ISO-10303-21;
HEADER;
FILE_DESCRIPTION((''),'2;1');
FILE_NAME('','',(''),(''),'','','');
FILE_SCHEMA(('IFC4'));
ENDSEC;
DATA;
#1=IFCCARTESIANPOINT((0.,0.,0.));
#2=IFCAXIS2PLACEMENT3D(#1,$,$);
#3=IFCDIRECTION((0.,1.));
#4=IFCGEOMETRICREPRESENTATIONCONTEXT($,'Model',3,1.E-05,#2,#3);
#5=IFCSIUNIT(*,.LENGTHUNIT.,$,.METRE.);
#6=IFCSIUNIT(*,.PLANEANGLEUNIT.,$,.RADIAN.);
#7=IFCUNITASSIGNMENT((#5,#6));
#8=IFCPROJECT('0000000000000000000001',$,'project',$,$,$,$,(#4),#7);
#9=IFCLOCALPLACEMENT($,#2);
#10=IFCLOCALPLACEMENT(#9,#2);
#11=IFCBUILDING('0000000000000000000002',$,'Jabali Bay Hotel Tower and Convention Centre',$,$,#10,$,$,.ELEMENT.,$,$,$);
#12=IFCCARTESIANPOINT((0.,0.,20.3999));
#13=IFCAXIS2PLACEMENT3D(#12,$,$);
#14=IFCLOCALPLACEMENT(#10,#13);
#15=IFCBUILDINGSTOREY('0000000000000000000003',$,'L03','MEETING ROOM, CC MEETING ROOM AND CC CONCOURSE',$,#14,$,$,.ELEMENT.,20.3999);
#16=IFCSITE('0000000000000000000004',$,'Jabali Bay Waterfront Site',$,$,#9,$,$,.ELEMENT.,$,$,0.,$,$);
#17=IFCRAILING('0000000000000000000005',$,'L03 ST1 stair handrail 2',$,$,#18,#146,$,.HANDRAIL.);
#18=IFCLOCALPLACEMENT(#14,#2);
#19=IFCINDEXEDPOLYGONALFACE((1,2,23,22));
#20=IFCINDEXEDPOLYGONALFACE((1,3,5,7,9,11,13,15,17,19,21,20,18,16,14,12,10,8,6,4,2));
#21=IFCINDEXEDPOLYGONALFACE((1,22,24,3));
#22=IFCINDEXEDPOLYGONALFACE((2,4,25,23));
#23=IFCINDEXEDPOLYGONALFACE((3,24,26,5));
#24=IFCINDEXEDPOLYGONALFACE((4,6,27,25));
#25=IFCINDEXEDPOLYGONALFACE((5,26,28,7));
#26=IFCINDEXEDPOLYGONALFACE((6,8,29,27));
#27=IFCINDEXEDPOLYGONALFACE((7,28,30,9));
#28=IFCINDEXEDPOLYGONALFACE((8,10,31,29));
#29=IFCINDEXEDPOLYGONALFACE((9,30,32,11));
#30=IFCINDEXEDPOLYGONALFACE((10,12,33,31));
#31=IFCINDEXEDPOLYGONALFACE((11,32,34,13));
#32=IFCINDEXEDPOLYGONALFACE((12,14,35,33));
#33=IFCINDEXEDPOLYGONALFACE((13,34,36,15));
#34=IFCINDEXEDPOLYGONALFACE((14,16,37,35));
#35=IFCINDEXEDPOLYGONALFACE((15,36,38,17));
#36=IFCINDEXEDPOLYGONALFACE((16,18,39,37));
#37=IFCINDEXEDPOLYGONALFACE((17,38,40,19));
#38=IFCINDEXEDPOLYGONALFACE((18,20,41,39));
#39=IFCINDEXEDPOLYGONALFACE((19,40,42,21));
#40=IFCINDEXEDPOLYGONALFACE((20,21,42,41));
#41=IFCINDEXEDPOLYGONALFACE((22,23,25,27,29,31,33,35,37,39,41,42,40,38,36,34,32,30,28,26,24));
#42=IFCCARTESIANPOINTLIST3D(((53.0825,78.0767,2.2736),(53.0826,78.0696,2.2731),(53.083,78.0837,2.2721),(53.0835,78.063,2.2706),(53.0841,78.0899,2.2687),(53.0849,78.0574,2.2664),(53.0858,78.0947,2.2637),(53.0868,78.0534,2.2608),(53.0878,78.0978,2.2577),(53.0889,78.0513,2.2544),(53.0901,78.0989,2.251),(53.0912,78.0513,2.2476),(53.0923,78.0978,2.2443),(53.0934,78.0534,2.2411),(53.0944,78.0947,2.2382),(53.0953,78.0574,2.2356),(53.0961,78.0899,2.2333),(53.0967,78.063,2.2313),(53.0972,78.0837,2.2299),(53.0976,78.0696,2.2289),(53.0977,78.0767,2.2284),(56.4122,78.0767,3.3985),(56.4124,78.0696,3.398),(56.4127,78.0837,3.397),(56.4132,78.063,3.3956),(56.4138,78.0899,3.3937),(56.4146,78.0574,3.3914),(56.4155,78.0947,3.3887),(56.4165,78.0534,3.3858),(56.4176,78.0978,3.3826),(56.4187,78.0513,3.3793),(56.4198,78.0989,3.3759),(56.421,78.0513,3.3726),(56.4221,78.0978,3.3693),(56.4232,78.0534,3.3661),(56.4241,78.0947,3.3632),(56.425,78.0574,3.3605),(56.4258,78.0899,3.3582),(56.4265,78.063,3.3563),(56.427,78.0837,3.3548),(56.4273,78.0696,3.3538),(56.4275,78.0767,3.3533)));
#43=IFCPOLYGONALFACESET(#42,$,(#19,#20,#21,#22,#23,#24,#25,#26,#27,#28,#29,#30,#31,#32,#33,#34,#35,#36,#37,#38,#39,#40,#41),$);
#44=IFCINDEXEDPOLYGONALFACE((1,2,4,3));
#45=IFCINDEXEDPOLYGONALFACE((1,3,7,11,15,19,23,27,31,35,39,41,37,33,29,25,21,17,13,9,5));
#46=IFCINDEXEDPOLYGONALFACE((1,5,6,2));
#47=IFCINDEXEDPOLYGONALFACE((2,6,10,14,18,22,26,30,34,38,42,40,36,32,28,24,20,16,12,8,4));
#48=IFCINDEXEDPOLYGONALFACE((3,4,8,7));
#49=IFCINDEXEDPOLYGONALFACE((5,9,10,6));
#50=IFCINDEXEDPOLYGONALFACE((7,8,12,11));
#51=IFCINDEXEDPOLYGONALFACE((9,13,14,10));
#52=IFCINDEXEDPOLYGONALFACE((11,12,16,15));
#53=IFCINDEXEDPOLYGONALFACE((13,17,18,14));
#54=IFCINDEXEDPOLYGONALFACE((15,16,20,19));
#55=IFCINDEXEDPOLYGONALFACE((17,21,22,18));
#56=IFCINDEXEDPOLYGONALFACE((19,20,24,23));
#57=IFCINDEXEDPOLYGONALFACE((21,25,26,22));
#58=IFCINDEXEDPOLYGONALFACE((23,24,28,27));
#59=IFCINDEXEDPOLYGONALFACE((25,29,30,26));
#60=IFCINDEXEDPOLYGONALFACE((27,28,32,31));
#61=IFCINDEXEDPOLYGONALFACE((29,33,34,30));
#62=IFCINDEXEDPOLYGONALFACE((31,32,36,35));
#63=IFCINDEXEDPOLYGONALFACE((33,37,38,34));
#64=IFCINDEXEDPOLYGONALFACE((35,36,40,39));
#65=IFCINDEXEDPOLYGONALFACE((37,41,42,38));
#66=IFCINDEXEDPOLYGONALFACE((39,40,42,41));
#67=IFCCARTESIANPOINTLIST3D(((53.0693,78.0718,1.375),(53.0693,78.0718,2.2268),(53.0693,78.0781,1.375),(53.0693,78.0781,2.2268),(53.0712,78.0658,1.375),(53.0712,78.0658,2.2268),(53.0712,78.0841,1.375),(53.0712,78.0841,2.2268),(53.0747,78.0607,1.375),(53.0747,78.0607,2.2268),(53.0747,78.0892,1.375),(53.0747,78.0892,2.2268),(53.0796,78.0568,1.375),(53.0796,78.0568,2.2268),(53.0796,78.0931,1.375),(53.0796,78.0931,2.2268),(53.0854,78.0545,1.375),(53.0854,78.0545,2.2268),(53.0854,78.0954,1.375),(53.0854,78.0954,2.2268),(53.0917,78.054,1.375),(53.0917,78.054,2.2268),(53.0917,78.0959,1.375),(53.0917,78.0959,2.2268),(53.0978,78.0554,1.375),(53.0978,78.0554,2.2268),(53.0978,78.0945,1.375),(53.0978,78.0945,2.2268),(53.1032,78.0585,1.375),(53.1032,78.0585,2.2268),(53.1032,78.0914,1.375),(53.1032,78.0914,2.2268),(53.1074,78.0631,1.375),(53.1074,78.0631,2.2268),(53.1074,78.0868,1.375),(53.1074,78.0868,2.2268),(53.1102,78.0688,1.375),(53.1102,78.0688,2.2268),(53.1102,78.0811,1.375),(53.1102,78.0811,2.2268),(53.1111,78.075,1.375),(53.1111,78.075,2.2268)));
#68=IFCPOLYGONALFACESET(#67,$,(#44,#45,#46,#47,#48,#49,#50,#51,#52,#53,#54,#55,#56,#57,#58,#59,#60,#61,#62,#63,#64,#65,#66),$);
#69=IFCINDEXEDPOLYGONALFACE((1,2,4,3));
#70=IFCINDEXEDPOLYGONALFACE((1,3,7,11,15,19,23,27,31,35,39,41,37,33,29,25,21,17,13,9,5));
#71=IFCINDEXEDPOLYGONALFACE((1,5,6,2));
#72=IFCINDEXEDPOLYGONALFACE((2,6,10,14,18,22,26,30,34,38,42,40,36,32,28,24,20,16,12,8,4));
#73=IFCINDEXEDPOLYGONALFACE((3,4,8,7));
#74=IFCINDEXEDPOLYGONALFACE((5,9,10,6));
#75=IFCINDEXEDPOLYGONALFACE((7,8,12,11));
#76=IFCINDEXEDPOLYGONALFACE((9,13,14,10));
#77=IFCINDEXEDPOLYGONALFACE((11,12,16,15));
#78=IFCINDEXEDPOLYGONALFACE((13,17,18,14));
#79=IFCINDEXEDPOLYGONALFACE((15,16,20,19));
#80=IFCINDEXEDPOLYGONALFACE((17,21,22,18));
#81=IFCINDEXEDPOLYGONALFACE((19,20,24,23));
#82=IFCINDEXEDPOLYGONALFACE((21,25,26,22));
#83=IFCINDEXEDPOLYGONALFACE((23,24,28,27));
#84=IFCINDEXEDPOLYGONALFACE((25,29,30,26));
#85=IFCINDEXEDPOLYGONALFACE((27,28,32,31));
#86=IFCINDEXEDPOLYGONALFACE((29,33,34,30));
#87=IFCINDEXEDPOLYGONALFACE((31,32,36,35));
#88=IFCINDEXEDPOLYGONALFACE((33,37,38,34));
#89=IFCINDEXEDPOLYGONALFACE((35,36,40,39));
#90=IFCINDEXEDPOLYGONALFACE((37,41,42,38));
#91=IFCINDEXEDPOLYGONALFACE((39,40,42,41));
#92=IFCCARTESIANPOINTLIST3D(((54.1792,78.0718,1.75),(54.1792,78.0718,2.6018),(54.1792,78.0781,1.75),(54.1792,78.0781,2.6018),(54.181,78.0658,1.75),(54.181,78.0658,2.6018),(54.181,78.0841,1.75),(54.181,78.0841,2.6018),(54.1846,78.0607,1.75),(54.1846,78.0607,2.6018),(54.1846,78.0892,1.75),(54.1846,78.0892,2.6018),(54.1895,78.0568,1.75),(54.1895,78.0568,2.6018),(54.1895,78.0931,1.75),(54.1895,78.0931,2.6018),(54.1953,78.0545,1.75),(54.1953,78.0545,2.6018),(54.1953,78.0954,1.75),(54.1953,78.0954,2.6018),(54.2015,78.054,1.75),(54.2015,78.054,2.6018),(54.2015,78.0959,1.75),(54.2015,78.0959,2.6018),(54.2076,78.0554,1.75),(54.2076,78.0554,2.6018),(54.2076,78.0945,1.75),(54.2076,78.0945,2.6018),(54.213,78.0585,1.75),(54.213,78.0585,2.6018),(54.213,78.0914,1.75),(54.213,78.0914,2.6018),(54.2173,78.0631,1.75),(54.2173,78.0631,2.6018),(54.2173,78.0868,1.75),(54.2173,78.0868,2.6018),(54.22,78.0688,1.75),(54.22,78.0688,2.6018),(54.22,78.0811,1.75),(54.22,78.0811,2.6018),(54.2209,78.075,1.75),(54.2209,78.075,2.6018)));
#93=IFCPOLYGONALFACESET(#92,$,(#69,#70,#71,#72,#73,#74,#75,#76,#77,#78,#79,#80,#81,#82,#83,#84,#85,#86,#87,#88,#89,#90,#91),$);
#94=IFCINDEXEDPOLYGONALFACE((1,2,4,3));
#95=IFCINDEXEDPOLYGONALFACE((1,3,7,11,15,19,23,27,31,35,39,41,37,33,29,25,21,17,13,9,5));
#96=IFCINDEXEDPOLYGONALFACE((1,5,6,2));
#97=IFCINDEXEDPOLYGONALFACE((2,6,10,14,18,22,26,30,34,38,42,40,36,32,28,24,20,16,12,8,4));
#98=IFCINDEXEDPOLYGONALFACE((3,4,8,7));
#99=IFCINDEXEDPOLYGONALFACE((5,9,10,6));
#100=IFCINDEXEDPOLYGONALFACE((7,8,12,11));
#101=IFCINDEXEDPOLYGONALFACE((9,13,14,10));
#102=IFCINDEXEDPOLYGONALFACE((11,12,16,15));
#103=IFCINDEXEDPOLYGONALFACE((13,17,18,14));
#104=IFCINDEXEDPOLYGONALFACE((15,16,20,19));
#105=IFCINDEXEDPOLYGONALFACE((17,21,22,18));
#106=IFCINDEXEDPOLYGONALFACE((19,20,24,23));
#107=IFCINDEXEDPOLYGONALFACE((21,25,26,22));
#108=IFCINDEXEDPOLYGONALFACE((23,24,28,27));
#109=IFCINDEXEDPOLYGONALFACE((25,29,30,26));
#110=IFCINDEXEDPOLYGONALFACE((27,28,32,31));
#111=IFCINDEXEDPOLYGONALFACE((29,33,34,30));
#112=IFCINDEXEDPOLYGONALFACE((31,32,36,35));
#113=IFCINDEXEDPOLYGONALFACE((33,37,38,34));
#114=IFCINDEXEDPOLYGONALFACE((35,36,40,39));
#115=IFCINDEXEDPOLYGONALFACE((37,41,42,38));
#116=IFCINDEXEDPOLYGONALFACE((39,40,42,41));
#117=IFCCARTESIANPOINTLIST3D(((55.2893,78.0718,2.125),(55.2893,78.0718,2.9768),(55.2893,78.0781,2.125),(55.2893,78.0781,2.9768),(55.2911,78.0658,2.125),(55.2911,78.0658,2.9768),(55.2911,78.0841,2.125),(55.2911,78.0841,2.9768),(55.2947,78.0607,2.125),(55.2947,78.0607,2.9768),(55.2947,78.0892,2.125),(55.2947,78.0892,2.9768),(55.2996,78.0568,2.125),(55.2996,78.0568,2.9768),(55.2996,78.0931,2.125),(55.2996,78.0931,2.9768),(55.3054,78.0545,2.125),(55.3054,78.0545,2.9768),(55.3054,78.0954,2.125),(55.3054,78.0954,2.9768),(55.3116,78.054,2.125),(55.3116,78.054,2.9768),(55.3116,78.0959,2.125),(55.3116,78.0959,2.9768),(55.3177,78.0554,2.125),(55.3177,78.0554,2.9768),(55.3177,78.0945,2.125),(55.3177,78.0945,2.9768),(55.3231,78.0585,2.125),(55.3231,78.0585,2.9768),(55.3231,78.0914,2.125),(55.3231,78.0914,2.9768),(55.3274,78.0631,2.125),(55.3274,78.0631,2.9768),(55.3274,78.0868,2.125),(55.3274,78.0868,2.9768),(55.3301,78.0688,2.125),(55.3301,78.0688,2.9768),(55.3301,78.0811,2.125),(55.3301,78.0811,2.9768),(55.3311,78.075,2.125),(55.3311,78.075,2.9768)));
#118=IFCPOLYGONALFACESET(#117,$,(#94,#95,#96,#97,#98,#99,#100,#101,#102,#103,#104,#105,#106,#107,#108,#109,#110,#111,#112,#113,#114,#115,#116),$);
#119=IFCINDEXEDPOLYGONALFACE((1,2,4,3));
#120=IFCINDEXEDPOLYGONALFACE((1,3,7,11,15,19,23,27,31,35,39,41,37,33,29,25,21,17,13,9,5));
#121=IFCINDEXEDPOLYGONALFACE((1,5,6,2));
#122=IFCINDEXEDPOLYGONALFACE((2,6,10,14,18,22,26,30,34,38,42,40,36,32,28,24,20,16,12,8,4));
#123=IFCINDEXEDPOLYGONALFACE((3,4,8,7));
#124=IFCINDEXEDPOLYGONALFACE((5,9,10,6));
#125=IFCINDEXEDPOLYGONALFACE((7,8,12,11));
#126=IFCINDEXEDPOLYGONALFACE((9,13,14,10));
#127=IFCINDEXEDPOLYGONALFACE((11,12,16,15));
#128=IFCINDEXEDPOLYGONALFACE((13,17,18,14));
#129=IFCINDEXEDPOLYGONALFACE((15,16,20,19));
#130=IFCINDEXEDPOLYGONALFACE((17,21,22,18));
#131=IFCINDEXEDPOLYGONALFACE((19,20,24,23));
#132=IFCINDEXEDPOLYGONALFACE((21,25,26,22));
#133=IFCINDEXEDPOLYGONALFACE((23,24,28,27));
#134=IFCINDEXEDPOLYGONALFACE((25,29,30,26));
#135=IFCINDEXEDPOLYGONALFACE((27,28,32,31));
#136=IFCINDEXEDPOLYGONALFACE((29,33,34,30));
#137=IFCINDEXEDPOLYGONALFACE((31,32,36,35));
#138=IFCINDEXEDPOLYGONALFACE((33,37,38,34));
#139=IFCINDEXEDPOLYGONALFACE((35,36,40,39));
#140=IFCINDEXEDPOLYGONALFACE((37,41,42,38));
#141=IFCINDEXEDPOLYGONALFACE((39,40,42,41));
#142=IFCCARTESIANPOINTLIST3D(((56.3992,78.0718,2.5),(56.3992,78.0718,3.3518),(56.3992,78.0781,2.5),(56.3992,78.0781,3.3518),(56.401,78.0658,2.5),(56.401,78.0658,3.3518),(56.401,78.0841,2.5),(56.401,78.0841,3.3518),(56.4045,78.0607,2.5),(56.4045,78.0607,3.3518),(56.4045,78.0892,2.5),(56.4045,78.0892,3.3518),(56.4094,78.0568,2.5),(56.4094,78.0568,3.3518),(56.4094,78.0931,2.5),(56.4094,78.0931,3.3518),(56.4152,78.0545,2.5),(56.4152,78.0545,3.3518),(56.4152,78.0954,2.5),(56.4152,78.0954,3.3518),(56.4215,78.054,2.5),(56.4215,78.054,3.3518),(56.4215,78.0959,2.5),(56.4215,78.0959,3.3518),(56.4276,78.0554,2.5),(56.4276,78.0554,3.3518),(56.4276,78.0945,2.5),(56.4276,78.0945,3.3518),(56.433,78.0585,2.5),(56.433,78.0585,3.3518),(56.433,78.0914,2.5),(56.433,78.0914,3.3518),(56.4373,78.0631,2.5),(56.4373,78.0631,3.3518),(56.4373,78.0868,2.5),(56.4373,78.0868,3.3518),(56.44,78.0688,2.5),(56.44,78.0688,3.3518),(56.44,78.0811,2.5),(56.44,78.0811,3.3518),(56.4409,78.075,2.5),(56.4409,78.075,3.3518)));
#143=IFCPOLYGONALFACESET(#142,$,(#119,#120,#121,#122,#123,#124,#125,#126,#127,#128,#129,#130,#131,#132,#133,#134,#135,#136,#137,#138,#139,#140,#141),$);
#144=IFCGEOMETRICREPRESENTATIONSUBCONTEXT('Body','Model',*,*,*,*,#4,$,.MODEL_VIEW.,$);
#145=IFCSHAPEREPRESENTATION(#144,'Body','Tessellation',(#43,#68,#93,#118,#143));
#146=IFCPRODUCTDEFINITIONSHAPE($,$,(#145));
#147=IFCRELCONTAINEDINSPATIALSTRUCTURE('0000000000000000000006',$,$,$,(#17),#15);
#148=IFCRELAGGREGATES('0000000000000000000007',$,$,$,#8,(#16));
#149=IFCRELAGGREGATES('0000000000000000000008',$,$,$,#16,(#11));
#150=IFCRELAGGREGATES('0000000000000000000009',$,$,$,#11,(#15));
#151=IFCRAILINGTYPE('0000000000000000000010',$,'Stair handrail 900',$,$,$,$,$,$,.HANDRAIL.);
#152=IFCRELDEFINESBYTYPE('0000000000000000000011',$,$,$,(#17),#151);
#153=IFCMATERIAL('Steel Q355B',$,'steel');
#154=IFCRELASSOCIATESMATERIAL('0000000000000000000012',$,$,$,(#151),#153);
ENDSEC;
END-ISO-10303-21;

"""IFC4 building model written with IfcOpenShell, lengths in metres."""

from ifc_helpers import new_model, si_unit, direction, frame, origin, origin_2d, place, context, subcontext, project, spatial, circle, extrude, material, type_object, element, save


model = new_model("IFC4")

# Units and contexts
model_context = context("Model", 3, precision=1e-05, world=origin(), true_north=direction((0.0, 1.0)))
body_context = subcontext(model_context, "Body", "Model", "MODEL_VIEW")
ifc_project = project(units=[si_unit("LENGTHUNIT", "METRE"), si_unit("PLANEANGLEUNIT", "RADIAN")], contexts=[model_context])

# Site, building, storey
site_placement = place(None, origin())
site = spatial("IfcSite", under=ifc_project, at=site_placement, Name="Jabali Bay Waterfront Site", CompositionType="ELEMENT", RefElevation=0.0)
building_placement = place(site_placement, origin())
building = spatial("IfcBuilding", under=site, at=building_placement, Name="Jabali Bay Hotel Tower and Convention Centre", CompositionType="ELEMENT")
storey_placement = place(building_placement, frame((0.0, 0.0, 20.3999)))
storey = spatial("IfcBuildingStorey", under=building, at=storey_placement, Name="L03", Description="MEETING ROOM, CC MEETING ROOM AND CC CONCOURSE", CompositionType="ELEMENT", Elevation=20.3999)

# Railing
ifc_material_1 = material(Name="Steel Q355B", Category="steel")
railing_type_1 = type_object("IfcRailingType", Name="Stair handrail 900", PredefinedType="HANDRAIL", material=ifc_material_1)
railing_1_placement = place(storey_placement, frame((53.0901, 78.075, 1.375)))
element("IfcRailing", 1, at=railing_1_placement, inside=storey, type_object=railing_type_1, Name="L03 ST1 stair handrail 2", PredefinedType="HANDRAIL", context=body_context, shape_type="SweptSolid", body=[
    extrude(circle(Radius=0.0239, at=origin_2d()), frame((0.0, 0.0, 0.876), z_axis=(0.94739, 0.0, 0.32008), x_axis=(0.0, 1.0, 0.0)), (0.0, 0.0, 1.0), 3.5146),
    extrude(circle(Radius=0.021, at=origin_2d()), origin(), (0.0, 0.0, 1.0), 0.8518),
    extrude(circle(Radius=0.021, at=origin_2d()), frame((1.1099, 0.0, 0.375)), (0.0, 0.0, 1.0), 0.8518),
    extrude(circle(Radius=0.021, at=origin_2d()), frame((2.22, 0.0, 0.75)), (0.0, 0.0, 1.0), 0.8518),
    extrude(circle(Radius=0.021, at=origin_2d()), frame((3.3298, 0.0, 1.125)), (0.0, 0.0, 1.0), 0.8518),
])

save(model, "model.ifc")
